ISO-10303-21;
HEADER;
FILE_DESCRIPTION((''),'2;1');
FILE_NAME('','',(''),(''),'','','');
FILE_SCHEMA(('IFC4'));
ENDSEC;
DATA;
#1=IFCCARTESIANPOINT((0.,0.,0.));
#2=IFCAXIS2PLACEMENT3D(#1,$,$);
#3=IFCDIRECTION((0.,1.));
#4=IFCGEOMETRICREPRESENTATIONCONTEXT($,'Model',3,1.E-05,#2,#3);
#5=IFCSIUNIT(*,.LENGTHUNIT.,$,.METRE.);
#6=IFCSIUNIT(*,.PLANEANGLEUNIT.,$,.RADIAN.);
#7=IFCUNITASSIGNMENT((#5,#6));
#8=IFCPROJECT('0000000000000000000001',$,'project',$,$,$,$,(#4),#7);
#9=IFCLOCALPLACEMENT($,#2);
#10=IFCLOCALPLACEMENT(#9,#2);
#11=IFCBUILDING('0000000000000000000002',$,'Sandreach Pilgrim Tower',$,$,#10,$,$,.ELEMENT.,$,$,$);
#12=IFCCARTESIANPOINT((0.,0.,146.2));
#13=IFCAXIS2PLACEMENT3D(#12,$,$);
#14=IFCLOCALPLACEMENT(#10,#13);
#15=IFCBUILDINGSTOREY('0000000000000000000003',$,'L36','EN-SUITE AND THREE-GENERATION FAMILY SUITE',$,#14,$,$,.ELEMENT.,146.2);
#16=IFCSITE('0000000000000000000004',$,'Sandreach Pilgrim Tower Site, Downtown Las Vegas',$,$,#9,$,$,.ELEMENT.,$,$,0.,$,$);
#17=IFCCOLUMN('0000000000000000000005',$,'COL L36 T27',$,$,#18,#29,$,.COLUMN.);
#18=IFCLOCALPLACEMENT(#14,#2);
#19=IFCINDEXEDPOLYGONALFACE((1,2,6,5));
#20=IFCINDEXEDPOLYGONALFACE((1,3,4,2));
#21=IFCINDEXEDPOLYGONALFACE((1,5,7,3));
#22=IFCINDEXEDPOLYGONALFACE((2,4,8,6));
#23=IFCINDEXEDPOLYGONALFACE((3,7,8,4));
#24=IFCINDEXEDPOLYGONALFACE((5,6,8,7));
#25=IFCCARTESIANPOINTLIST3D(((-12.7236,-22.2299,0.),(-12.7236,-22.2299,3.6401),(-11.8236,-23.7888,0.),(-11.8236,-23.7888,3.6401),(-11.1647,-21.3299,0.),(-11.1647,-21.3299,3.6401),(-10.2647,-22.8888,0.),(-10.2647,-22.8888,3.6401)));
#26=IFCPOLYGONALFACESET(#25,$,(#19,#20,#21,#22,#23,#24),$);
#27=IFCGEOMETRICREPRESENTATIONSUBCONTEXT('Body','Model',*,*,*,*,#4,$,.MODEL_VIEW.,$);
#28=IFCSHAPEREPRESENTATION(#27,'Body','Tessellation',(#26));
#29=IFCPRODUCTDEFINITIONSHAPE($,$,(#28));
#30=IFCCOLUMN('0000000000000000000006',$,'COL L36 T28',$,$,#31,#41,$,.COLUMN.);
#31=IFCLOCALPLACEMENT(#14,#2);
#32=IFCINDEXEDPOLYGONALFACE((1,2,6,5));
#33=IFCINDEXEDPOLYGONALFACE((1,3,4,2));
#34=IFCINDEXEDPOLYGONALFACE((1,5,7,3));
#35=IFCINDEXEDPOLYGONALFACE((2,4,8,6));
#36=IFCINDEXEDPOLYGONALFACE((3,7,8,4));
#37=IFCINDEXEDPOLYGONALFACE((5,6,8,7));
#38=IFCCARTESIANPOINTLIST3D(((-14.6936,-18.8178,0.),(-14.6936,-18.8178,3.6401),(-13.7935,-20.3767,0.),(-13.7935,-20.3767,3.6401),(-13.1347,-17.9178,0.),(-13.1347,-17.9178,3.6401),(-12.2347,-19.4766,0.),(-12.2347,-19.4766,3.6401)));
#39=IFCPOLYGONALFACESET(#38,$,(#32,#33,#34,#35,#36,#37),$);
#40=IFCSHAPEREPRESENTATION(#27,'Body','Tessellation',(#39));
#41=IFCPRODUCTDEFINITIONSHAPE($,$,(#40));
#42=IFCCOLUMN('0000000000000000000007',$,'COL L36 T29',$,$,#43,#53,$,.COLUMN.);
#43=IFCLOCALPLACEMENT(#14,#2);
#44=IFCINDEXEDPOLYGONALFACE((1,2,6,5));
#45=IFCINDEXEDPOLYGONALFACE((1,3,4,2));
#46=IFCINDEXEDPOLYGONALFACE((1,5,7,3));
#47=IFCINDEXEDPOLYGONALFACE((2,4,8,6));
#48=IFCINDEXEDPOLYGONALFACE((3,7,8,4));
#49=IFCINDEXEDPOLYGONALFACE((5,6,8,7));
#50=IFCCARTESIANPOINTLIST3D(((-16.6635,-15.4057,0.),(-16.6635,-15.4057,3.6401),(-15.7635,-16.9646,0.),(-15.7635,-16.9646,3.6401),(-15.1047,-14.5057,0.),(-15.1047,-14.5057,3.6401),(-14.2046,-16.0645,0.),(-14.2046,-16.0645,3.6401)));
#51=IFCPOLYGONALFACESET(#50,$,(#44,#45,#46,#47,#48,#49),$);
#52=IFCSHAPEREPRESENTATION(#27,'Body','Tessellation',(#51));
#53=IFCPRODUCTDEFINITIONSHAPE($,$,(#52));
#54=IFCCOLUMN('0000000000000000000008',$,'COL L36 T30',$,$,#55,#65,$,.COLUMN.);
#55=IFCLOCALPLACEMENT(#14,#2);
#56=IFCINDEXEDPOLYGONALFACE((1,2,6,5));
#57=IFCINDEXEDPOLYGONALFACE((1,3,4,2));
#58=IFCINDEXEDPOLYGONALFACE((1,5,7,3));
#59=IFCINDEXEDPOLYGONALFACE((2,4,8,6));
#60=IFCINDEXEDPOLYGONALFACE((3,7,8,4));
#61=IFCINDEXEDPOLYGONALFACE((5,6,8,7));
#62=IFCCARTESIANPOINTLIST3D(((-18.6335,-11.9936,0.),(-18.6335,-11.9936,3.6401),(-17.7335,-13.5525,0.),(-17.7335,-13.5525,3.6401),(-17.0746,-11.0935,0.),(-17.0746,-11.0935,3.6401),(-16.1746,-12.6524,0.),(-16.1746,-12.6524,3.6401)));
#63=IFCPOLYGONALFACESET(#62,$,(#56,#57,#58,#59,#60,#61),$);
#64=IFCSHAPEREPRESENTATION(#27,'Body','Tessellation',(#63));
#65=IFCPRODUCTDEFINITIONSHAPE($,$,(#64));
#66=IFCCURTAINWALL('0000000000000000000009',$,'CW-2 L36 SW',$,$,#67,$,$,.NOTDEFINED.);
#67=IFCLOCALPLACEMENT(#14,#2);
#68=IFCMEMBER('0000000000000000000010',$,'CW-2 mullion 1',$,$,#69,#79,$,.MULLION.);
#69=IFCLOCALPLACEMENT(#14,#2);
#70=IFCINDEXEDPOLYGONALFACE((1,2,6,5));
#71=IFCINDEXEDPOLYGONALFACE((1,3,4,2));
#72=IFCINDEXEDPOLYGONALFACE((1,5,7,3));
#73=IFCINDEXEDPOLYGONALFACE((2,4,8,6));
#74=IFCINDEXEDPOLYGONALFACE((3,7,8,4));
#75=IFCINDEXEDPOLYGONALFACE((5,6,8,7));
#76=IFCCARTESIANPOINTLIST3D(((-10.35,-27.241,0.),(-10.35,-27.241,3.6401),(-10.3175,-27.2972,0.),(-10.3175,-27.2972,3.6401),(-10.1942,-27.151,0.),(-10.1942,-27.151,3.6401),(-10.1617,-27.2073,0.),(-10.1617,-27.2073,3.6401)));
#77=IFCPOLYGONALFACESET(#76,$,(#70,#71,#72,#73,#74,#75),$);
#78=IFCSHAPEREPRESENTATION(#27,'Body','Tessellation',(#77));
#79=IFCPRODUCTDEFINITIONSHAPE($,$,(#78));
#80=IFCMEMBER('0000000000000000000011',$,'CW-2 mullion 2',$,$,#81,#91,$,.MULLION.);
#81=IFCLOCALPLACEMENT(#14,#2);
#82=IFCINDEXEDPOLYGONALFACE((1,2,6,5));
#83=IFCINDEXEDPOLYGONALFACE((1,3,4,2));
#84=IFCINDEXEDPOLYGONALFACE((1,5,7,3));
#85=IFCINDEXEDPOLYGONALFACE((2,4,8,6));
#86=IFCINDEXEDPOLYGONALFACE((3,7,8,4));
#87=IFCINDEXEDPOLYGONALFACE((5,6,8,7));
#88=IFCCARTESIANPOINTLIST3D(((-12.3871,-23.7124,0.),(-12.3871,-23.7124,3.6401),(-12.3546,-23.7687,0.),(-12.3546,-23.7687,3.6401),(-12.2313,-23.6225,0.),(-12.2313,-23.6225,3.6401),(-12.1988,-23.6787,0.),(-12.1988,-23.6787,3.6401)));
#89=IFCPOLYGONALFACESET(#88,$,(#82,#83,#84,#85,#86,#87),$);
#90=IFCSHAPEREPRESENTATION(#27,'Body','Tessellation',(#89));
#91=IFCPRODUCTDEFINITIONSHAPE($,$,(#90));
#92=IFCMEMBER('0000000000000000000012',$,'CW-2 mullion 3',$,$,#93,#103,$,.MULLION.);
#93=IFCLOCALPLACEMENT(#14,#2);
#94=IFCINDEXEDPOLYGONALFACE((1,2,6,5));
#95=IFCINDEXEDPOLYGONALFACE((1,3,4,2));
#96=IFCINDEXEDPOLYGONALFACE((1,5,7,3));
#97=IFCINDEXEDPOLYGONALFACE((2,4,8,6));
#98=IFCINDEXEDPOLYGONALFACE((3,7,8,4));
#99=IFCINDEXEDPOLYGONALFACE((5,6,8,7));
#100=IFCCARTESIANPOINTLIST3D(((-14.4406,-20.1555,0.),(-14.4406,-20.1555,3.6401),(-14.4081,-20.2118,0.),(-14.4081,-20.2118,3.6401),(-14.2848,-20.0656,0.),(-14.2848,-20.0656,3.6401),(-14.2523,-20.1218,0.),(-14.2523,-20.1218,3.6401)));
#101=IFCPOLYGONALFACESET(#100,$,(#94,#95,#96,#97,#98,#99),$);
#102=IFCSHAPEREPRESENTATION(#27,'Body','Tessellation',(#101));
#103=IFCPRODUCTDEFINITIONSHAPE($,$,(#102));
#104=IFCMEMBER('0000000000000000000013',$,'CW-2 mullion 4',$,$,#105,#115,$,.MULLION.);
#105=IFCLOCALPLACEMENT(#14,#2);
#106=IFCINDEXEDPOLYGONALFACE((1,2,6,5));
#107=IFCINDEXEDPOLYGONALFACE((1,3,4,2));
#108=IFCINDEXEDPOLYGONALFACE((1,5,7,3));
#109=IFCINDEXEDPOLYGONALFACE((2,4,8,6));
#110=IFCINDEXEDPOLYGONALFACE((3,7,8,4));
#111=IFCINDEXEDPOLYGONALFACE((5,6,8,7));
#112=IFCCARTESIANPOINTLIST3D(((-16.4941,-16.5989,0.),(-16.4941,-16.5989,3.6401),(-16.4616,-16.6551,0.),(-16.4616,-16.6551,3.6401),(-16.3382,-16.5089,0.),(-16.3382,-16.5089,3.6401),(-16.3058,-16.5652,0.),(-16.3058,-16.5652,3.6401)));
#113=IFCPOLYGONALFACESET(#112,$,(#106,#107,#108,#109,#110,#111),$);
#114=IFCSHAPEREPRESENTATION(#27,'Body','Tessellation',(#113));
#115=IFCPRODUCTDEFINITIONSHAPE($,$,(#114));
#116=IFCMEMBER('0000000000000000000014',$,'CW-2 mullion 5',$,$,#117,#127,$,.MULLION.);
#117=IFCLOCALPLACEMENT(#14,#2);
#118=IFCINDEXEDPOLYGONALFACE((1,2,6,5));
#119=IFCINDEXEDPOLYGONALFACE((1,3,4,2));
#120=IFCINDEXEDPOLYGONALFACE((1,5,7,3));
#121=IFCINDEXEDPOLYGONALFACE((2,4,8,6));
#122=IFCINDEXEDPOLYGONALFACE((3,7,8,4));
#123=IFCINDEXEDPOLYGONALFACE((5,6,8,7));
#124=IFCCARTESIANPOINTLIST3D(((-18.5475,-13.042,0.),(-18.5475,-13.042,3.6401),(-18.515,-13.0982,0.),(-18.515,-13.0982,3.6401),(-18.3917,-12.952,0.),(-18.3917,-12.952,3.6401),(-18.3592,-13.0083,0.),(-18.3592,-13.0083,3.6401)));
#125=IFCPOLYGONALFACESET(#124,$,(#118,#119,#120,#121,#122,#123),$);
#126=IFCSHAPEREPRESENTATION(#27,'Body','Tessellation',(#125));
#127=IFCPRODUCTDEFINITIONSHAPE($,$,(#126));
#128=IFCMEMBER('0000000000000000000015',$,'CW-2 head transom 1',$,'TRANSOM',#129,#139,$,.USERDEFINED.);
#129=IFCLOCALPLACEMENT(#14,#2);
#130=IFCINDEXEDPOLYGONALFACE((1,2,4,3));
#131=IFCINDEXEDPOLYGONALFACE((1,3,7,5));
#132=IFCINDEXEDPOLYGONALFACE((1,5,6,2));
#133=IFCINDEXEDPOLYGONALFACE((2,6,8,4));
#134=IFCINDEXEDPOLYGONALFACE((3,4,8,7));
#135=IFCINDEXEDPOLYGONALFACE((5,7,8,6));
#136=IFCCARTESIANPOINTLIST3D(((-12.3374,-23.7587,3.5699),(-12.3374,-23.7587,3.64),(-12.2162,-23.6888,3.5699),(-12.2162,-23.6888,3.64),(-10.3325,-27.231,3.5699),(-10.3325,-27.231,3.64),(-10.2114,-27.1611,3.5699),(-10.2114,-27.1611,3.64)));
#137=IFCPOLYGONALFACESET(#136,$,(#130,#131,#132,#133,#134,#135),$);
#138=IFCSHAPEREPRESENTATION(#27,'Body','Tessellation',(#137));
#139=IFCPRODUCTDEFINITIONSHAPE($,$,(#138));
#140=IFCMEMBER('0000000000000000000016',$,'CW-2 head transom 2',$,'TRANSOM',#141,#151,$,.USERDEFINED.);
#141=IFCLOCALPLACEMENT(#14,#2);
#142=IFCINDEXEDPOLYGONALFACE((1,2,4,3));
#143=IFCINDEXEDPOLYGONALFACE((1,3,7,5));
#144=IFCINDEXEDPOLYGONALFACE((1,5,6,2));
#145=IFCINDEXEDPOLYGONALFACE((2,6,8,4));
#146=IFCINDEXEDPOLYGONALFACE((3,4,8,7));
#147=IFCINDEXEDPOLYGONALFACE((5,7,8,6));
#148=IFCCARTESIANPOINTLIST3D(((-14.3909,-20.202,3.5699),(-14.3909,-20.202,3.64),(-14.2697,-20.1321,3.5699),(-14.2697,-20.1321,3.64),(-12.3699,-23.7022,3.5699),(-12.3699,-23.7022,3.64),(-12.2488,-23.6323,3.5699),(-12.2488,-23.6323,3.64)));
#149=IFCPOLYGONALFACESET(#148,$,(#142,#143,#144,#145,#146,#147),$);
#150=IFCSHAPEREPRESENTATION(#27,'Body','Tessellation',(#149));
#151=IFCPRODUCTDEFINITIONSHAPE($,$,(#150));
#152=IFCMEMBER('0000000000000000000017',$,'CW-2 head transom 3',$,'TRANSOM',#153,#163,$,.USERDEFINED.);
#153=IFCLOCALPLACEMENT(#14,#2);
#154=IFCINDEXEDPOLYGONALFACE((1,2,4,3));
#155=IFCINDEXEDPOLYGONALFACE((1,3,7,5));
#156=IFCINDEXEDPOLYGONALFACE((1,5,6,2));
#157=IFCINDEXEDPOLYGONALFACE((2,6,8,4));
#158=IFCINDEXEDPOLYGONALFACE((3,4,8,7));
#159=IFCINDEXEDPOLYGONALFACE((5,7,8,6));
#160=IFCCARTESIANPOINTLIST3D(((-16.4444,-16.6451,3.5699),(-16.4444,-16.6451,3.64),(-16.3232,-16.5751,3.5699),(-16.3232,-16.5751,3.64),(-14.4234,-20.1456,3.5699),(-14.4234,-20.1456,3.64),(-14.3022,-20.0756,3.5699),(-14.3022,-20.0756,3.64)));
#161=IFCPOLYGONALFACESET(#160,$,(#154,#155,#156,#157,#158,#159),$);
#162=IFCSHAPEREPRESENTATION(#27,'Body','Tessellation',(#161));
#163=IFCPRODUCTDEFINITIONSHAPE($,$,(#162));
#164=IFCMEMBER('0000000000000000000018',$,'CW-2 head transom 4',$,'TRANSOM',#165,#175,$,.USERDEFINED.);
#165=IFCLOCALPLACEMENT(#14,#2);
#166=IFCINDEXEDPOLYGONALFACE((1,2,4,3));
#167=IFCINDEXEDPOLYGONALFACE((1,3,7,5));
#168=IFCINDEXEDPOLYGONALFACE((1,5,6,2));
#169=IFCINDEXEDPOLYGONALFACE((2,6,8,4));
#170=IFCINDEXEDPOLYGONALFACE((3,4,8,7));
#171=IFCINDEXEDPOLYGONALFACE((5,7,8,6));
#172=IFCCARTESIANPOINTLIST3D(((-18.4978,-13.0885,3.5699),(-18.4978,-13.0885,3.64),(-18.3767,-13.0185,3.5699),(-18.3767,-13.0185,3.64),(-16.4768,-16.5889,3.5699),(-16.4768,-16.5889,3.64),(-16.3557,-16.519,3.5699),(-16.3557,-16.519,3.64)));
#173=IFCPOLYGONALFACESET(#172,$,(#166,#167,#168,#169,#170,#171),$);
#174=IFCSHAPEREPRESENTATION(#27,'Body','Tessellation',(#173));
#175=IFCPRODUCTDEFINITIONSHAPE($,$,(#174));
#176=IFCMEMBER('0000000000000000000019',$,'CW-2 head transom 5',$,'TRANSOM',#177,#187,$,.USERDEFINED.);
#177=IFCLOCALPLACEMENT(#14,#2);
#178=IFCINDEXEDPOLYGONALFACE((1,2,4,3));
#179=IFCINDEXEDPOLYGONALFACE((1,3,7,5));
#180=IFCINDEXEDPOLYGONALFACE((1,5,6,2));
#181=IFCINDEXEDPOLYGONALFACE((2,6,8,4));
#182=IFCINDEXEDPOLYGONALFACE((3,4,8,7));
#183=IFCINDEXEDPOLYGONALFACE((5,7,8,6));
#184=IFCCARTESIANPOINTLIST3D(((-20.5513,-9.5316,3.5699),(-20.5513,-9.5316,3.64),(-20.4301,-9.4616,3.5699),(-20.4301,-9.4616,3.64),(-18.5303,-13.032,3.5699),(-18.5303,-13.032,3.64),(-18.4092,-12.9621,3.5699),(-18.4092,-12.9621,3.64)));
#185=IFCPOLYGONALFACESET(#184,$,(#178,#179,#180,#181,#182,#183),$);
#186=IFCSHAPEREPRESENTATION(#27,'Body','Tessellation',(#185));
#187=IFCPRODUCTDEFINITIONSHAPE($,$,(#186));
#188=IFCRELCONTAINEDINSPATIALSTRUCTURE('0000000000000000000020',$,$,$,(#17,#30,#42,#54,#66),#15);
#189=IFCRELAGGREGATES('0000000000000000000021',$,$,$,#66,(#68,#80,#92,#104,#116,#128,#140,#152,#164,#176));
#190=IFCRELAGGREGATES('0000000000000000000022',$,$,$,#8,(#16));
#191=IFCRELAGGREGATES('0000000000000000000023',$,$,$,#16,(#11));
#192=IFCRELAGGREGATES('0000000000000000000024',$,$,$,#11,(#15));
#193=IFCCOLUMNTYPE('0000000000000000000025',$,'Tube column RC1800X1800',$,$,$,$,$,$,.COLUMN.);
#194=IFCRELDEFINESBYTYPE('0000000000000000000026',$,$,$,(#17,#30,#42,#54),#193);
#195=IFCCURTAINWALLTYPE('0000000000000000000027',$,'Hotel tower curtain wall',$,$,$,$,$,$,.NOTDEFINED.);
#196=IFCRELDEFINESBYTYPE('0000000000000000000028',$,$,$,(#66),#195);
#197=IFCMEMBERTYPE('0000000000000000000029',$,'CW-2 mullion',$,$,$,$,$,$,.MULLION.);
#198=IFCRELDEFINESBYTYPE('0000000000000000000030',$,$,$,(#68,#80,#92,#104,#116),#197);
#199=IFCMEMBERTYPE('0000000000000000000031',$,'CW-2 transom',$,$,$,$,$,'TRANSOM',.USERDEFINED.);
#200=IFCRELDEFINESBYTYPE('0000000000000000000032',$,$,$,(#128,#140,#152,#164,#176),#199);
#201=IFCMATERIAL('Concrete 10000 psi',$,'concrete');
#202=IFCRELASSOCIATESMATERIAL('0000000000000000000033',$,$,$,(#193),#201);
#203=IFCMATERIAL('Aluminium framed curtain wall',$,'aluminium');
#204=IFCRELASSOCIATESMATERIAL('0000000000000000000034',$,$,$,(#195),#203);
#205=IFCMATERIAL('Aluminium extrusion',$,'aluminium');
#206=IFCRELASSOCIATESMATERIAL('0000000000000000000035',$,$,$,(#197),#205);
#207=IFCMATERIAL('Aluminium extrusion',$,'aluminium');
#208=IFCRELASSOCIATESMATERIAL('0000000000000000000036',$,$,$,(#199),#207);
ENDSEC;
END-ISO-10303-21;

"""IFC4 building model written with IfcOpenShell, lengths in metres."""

from ifc_helpers import new_model, si_unit, direction, frame, origin, origin_2d, place, context, subcontext, project, spatial, rectangle, extrude, clip, halfspace, material, material_profile, profile_set, type_object, element, aggregate, save


model = new_model("IFC4")

# Units and contexts
model_context = context("Model", 3, precision=1e-05, world=origin(), true_north=direction((0.0, 1.0)))
body_context = subcontext(model_context, "Body", "Model", "MODEL_VIEW")
ifc_project = project(units=[si_unit("LENGTHUNIT", "METRE"), si_unit("PLANEANGLEUNIT", "RADIAN")], contexts=[model_context])

# Site, building, storey
site_placement = place(None, origin())
site = spatial("IfcSite", under=ifc_project, at=site_placement, Name="Sandreach Pilgrim Tower Site, Downtown Las Vegas", CompositionType="ELEMENT", RefElevation=0.0)
building_placement = place(site_placement, origin())
building = spatial("IfcBuilding", under=site, at=building_placement, Name="Sandreach Pilgrim Tower", CompositionType="ELEMENT")
storey_placement = place(building_placement, frame((0.0, 0.0, 146.2)))
storey = spatial("IfcBuildingStorey", under=building, at=storey_placement, Name="L36", Description="EN-SUITE AND THREE-GENERATION FAMILY SUITE", CompositionType="ELEMENT", Elevation=146.2)

# Columns
ifc_material_1 = material(Name="Concrete 10000 psi", Category="concrete")
ifc_material_profile_1 = material_profile(ifc_material_1, rectangle(XDim=1.8, YDim=1.8, at=origin_2d()), Name="RC1800X1800")
ifc_profile_set_1 = profile_set([ifc_material_profile_1], Name="Concrete 10000 psi")
column_type = type_object("IfcColumnType", Name="Tube column RC1800X1800", PredefinedType="COLUMN", material=ifc_profile_set_1)
column_1_placement = place(storey_placement, frame((-11.4941, -22.5593, 0.0), z_axis=(0.0, 0.0, 1.0), x_axis=(-0.866025, -0.5, 0.0)))
element("IfcColumn", 1, at=column_1_placement, inside=storey, type_object=column_type, Name="COL L36 T27", PredefinedType="COLUMN", context=body_context, shape_type="SweptSolid", body=[
    clip(extrude(rectangle(XDim=1.8, YDim=1.8, at=origin_2d()), origin(), (0.0, 0.0, 1.0), 3.73), halfspace(frame((0.0, 0.0, 3.6401)), False)),
])
column_2_placement = place(storey_placement, frame((-13.4641, -19.1472, 0.0), z_axis=(0.0, 0.0, 1.0), x_axis=(-0.866025, -0.5, 0.0)))
element("IfcColumn", 2, at=column_2_placement, inside=storey, type_object=column_type, Name="COL L36 T28", PredefinedType="COLUMN", context=body_context, shape_type="SweptSolid", body=[
    clip(extrude(rectangle(XDim=1.8, YDim=1.8, at=origin_2d()), origin(), (0.0, 0.0, 1.0), 3.7378), halfspace(frame((0.0, 0.0, 3.6401)), False)),
])
column_3_placement = place(storey_placement, frame((-15.4341, -15.7351, 0.0), z_axis=(0.0, 0.0, 1.0), x_axis=(-0.866025, -0.5, 0.0)))
element("IfcColumn", 3, at=column_3_placement, inside=storey, type_object=column_type, Name="COL L36 T29", PredefinedType="COLUMN", context=body_context, shape_type="SweptSolid", body=[
    clip(extrude(rectangle(XDim=1.8, YDim=1.8, at=origin_2d()), origin(), (0.0, 0.0, 1.0), 3.7456), halfspace(frame((0.0, 0.0, 3.6401)), False)),
])
column_4_placement = place(storey_placement, frame((-17.4041, -12.323, 0.0), z_axis=(0.0, 0.0, 1.0), x_axis=(-0.866025, -0.5, 0.0)))
element("IfcColumn", 4, at=column_4_placement, inside=storey, type_object=column_type, Name="COL L36 T30", PredefinedType="COLUMN", context=body_context, shape_type="SweptSolid", body=[
    clip(extrude(rectangle(XDim=1.8, YDim=1.8, at=origin_2d()), origin(), (0.0, 0.0, 1.0), 3.7537), halfspace(frame((0.0, 0.0, 3.6401)), False)),
])

# Curtain wall, members
ifc_material_2 = material(Name="Aluminium framed curtain wall", Category="aluminium")
curtain_wall_type = type_object("IfcCurtainWallType", Name="Hotel tower curtain wall", PredefinedType="NOTDEFINED", material=ifc_material_2)
curtain_wall_placement = place(storey_placement, origin())
curtain_wall = element("IfcCurtainWall", 5, at=curtain_wall_placement, inside=storey, type_object=curtain_wall_type, Name="CW-2 L36 SW", PredefinedType="NOTDEFINED")
ifc_material_3 = material(Name="Aluminium extrusion", Category="aluminium")
ifc_material_profile_2 = material_profile(ifc_material_3, rectangle(XDim=0.0649, YDim=0.1799, at=origin_2d()), Name="CW-2M 65X180")
ifc_profile_set_2 = profile_set([ifc_material_profile_2], Name="Aluminium extrusion")
member_type_1 = type_object("IfcMemberType", Name="CW-2 mullion", PredefinedType="MULLION", material=ifc_profile_set_2)
member_1_placement = place(storey_placement, frame((-10.2559, -27.2241, 0.0), z_axis=(0.0, 0.0, 1.0), x_axis=(-0.5, 0.866025, 0.0)))
member_1 = element("IfcMember", 6, at=member_1_placement, type_object=member_type_1, Name="CW-2 mullion 1", PredefinedType="MULLION", context=body_context, shape_type="SweptSolid", body=[
    extrude(rectangle(XDim=0.0649, YDim=0.1799, at=origin_2d()), origin(), (0.0, 0.0, 1.0), 3.6401),
])
member_2_placement = place(storey_placement, frame((-12.293, -23.6956, 0.0), z_axis=(0.0, 0.0, 1.0), x_axis=(-0.5, 0.866025, 0.0)))
member_2 = element("IfcMember", 7, at=member_2_placement, type_object=member_type_1, Name="CW-2 mullion 2", PredefinedType="MULLION", context=body_context, shape_type="SweptSolid", body=[
    extrude(rectangle(XDim=0.0649, YDim=0.1799, at=origin_2d()), origin(), (0.0, 0.0, 1.0), 3.6401),
])
member_3_placement = place(storey_placement, frame((-14.3464, -20.1387, 0.0), z_axis=(0.0, 0.0, 1.0), x_axis=(-0.5, 0.866025, 0.0)))
member_3 = element("IfcMember", 8, at=member_3_placement, type_object=member_type_1, Name="CW-2 mullion 3", PredefinedType="MULLION", context=body_context, shape_type="SweptSolid", body=[
    extrude(rectangle(XDim=0.0649, YDim=0.1799, at=origin_2d()), origin(), (0.0, 0.0, 1.0), 3.6401),
])
member_4_placement = place(storey_placement, frame((-16.3999, -16.582, 0.0), z_axis=(0.0, 0.0, 1.0), x_axis=(-0.5, 0.866025, 0.0)))
member_4 = element("IfcMember", 9, at=member_4_placement, type_object=member_type_1, Name="CW-2 mullion 4", PredefinedType="MULLION", context=body_context, shape_type="SweptSolid", body=[
    extrude(rectangle(XDim=0.0649, YDim=0.1799, at=origin_2d()), origin(), (0.0, 0.0, 1.0), 3.6401),
])
member_5_placement = place(storey_placement, frame((-18.4534, -13.0251, 0.0), z_axis=(0.0, 0.0, 1.0), x_axis=(-0.5, 0.866025, 0.0)))
member_5 = element("IfcMember", 10, at=member_5_placement, type_object=member_type_1, Name="CW-2 mullion 5", PredefinedType="MULLION", context=body_context, shape_type="SweptSolid", body=[
    extrude(rectangle(XDim=0.0649, YDim=0.1799, at=origin_2d()), origin(), (0.0, 0.0, 1.0), 3.6401),
])
ifc_material_4 = material(Name="Aluminium extrusion", Category="aluminium")
ifc_material_profile_3 = material_profile(ifc_material_4, rectangle(XDim=0.1399, YDim=0.0701, at=origin_2d()), Name="CW-2T 140X70")
ifc_profile_set_3 = profile_set([ifc_material_profile_3], Name="Aluminium extrusion")
member_type_2 = type_object("IfcMemberType", Name="CW-2 transom", ElementType="TRANSOM", PredefinedType="USERDEFINED", material=ifc_profile_set_3)
member_6_placement = place(storey_placement, frame((-10.272, -27.196, 3.605), z_axis=(-0.500016, 0.866016, 0.0), x_axis=(-0.866016, -0.500016, 0.0)))
member_6 = element("IfcMember", 11, at=member_6_placement, type_object=member_type_2, Name="CW-2 head transom 1", ObjectType="TRANSOM", PredefinedType="USERDEFINED", context=body_context, shape_type="SweptSolid", body=[
    extrude(rectangle(XDim=0.1399, YDim=0.0701, at=origin_2d()), origin(), (0.0, 0.0, 1.0), 4.0095),
])
member_7_placement = place(storey_placement, frame((-12.3093, -23.6672, 3.605), z_axis=(-0.500024, 0.866012, 0.0), x_axis=(-0.866012, -0.500024, 0.0)))
member_7 = element("IfcMember", 12, at=member_7_placement, type_object=member_type_2, Name="CW-2 head transom 2", ObjectType="TRANSOM", PredefinedType="USERDEFINED", context=body_context, shape_type="SweptSolid", body=[
    extrude(rectangle(XDim=0.1399, YDim=0.0701, at=origin_2d()), origin(), (0.0, 0.0, 1.0), 4.0417),
])
member_8_placement = place(storey_placement, frame((-14.3628, -20.1106, 3.605), z_axis=(-0.499998, 0.866027, 0.0), x_axis=(-0.866027, -0.499998, 0.0)))
member_8 = element("IfcMember", 13, at=member_8_placement, type_object=member_type_2, Name="CW-2 head transom 3", ObjectType="TRANSOM", PredefinedType="USERDEFINED", context=body_context, shape_type="SweptSolid", body=[
    extrude(rectangle(XDim=0.1399, YDim=0.0701, at=origin_2d()), origin(), (0.0, 0.0, 1.0), 4.042),
])
member_9_placement = place(storey_placement, frame((-16.4163, -16.554, 3.605), z_axis=(-0.499998, 0.866027, 0.0), x_axis=(-0.866027, -0.499998, 0.0)))
member_9 = element("IfcMember", 14, at=member_9_placement, type_object=member_type_2, Name="CW-2 head transom 4", ObjectType="TRANSOM", PredefinedType="USERDEFINED", context=body_context, shape_type="SweptSolid", body=[
    extrude(rectangle(XDim=0.1399, YDim=0.0701, at=origin_2d()), origin(), (0.0, 0.0, 1.0), 4.042),
])
member_10_placement = place(storey_placement, frame((-18.4697, -12.9971, 3.605), z_axis=(-0.499998, 0.866027, 0.0), x_axis=(-0.866027, -0.499998, 0.0)))
member_10 = element("IfcMember", 15, at=member_10_placement, type_object=member_type_2, Name="CW-2 head transom 5", ObjectType="TRANSOM", PredefinedType="USERDEFINED", context=body_context, shape_type="SweptSolid", body=[
    extrude(rectangle(XDim=0.1399, YDim=0.0701, at=origin_2d()), origin(), (0.0, 0.0, 1.0), 4.042),
])

aggregate(curtain_wall, [member_1, member_2, member_3, member_4, member_5, member_6, member_7, member_8, member_9, member_10])

save(model, "model.ifc")
